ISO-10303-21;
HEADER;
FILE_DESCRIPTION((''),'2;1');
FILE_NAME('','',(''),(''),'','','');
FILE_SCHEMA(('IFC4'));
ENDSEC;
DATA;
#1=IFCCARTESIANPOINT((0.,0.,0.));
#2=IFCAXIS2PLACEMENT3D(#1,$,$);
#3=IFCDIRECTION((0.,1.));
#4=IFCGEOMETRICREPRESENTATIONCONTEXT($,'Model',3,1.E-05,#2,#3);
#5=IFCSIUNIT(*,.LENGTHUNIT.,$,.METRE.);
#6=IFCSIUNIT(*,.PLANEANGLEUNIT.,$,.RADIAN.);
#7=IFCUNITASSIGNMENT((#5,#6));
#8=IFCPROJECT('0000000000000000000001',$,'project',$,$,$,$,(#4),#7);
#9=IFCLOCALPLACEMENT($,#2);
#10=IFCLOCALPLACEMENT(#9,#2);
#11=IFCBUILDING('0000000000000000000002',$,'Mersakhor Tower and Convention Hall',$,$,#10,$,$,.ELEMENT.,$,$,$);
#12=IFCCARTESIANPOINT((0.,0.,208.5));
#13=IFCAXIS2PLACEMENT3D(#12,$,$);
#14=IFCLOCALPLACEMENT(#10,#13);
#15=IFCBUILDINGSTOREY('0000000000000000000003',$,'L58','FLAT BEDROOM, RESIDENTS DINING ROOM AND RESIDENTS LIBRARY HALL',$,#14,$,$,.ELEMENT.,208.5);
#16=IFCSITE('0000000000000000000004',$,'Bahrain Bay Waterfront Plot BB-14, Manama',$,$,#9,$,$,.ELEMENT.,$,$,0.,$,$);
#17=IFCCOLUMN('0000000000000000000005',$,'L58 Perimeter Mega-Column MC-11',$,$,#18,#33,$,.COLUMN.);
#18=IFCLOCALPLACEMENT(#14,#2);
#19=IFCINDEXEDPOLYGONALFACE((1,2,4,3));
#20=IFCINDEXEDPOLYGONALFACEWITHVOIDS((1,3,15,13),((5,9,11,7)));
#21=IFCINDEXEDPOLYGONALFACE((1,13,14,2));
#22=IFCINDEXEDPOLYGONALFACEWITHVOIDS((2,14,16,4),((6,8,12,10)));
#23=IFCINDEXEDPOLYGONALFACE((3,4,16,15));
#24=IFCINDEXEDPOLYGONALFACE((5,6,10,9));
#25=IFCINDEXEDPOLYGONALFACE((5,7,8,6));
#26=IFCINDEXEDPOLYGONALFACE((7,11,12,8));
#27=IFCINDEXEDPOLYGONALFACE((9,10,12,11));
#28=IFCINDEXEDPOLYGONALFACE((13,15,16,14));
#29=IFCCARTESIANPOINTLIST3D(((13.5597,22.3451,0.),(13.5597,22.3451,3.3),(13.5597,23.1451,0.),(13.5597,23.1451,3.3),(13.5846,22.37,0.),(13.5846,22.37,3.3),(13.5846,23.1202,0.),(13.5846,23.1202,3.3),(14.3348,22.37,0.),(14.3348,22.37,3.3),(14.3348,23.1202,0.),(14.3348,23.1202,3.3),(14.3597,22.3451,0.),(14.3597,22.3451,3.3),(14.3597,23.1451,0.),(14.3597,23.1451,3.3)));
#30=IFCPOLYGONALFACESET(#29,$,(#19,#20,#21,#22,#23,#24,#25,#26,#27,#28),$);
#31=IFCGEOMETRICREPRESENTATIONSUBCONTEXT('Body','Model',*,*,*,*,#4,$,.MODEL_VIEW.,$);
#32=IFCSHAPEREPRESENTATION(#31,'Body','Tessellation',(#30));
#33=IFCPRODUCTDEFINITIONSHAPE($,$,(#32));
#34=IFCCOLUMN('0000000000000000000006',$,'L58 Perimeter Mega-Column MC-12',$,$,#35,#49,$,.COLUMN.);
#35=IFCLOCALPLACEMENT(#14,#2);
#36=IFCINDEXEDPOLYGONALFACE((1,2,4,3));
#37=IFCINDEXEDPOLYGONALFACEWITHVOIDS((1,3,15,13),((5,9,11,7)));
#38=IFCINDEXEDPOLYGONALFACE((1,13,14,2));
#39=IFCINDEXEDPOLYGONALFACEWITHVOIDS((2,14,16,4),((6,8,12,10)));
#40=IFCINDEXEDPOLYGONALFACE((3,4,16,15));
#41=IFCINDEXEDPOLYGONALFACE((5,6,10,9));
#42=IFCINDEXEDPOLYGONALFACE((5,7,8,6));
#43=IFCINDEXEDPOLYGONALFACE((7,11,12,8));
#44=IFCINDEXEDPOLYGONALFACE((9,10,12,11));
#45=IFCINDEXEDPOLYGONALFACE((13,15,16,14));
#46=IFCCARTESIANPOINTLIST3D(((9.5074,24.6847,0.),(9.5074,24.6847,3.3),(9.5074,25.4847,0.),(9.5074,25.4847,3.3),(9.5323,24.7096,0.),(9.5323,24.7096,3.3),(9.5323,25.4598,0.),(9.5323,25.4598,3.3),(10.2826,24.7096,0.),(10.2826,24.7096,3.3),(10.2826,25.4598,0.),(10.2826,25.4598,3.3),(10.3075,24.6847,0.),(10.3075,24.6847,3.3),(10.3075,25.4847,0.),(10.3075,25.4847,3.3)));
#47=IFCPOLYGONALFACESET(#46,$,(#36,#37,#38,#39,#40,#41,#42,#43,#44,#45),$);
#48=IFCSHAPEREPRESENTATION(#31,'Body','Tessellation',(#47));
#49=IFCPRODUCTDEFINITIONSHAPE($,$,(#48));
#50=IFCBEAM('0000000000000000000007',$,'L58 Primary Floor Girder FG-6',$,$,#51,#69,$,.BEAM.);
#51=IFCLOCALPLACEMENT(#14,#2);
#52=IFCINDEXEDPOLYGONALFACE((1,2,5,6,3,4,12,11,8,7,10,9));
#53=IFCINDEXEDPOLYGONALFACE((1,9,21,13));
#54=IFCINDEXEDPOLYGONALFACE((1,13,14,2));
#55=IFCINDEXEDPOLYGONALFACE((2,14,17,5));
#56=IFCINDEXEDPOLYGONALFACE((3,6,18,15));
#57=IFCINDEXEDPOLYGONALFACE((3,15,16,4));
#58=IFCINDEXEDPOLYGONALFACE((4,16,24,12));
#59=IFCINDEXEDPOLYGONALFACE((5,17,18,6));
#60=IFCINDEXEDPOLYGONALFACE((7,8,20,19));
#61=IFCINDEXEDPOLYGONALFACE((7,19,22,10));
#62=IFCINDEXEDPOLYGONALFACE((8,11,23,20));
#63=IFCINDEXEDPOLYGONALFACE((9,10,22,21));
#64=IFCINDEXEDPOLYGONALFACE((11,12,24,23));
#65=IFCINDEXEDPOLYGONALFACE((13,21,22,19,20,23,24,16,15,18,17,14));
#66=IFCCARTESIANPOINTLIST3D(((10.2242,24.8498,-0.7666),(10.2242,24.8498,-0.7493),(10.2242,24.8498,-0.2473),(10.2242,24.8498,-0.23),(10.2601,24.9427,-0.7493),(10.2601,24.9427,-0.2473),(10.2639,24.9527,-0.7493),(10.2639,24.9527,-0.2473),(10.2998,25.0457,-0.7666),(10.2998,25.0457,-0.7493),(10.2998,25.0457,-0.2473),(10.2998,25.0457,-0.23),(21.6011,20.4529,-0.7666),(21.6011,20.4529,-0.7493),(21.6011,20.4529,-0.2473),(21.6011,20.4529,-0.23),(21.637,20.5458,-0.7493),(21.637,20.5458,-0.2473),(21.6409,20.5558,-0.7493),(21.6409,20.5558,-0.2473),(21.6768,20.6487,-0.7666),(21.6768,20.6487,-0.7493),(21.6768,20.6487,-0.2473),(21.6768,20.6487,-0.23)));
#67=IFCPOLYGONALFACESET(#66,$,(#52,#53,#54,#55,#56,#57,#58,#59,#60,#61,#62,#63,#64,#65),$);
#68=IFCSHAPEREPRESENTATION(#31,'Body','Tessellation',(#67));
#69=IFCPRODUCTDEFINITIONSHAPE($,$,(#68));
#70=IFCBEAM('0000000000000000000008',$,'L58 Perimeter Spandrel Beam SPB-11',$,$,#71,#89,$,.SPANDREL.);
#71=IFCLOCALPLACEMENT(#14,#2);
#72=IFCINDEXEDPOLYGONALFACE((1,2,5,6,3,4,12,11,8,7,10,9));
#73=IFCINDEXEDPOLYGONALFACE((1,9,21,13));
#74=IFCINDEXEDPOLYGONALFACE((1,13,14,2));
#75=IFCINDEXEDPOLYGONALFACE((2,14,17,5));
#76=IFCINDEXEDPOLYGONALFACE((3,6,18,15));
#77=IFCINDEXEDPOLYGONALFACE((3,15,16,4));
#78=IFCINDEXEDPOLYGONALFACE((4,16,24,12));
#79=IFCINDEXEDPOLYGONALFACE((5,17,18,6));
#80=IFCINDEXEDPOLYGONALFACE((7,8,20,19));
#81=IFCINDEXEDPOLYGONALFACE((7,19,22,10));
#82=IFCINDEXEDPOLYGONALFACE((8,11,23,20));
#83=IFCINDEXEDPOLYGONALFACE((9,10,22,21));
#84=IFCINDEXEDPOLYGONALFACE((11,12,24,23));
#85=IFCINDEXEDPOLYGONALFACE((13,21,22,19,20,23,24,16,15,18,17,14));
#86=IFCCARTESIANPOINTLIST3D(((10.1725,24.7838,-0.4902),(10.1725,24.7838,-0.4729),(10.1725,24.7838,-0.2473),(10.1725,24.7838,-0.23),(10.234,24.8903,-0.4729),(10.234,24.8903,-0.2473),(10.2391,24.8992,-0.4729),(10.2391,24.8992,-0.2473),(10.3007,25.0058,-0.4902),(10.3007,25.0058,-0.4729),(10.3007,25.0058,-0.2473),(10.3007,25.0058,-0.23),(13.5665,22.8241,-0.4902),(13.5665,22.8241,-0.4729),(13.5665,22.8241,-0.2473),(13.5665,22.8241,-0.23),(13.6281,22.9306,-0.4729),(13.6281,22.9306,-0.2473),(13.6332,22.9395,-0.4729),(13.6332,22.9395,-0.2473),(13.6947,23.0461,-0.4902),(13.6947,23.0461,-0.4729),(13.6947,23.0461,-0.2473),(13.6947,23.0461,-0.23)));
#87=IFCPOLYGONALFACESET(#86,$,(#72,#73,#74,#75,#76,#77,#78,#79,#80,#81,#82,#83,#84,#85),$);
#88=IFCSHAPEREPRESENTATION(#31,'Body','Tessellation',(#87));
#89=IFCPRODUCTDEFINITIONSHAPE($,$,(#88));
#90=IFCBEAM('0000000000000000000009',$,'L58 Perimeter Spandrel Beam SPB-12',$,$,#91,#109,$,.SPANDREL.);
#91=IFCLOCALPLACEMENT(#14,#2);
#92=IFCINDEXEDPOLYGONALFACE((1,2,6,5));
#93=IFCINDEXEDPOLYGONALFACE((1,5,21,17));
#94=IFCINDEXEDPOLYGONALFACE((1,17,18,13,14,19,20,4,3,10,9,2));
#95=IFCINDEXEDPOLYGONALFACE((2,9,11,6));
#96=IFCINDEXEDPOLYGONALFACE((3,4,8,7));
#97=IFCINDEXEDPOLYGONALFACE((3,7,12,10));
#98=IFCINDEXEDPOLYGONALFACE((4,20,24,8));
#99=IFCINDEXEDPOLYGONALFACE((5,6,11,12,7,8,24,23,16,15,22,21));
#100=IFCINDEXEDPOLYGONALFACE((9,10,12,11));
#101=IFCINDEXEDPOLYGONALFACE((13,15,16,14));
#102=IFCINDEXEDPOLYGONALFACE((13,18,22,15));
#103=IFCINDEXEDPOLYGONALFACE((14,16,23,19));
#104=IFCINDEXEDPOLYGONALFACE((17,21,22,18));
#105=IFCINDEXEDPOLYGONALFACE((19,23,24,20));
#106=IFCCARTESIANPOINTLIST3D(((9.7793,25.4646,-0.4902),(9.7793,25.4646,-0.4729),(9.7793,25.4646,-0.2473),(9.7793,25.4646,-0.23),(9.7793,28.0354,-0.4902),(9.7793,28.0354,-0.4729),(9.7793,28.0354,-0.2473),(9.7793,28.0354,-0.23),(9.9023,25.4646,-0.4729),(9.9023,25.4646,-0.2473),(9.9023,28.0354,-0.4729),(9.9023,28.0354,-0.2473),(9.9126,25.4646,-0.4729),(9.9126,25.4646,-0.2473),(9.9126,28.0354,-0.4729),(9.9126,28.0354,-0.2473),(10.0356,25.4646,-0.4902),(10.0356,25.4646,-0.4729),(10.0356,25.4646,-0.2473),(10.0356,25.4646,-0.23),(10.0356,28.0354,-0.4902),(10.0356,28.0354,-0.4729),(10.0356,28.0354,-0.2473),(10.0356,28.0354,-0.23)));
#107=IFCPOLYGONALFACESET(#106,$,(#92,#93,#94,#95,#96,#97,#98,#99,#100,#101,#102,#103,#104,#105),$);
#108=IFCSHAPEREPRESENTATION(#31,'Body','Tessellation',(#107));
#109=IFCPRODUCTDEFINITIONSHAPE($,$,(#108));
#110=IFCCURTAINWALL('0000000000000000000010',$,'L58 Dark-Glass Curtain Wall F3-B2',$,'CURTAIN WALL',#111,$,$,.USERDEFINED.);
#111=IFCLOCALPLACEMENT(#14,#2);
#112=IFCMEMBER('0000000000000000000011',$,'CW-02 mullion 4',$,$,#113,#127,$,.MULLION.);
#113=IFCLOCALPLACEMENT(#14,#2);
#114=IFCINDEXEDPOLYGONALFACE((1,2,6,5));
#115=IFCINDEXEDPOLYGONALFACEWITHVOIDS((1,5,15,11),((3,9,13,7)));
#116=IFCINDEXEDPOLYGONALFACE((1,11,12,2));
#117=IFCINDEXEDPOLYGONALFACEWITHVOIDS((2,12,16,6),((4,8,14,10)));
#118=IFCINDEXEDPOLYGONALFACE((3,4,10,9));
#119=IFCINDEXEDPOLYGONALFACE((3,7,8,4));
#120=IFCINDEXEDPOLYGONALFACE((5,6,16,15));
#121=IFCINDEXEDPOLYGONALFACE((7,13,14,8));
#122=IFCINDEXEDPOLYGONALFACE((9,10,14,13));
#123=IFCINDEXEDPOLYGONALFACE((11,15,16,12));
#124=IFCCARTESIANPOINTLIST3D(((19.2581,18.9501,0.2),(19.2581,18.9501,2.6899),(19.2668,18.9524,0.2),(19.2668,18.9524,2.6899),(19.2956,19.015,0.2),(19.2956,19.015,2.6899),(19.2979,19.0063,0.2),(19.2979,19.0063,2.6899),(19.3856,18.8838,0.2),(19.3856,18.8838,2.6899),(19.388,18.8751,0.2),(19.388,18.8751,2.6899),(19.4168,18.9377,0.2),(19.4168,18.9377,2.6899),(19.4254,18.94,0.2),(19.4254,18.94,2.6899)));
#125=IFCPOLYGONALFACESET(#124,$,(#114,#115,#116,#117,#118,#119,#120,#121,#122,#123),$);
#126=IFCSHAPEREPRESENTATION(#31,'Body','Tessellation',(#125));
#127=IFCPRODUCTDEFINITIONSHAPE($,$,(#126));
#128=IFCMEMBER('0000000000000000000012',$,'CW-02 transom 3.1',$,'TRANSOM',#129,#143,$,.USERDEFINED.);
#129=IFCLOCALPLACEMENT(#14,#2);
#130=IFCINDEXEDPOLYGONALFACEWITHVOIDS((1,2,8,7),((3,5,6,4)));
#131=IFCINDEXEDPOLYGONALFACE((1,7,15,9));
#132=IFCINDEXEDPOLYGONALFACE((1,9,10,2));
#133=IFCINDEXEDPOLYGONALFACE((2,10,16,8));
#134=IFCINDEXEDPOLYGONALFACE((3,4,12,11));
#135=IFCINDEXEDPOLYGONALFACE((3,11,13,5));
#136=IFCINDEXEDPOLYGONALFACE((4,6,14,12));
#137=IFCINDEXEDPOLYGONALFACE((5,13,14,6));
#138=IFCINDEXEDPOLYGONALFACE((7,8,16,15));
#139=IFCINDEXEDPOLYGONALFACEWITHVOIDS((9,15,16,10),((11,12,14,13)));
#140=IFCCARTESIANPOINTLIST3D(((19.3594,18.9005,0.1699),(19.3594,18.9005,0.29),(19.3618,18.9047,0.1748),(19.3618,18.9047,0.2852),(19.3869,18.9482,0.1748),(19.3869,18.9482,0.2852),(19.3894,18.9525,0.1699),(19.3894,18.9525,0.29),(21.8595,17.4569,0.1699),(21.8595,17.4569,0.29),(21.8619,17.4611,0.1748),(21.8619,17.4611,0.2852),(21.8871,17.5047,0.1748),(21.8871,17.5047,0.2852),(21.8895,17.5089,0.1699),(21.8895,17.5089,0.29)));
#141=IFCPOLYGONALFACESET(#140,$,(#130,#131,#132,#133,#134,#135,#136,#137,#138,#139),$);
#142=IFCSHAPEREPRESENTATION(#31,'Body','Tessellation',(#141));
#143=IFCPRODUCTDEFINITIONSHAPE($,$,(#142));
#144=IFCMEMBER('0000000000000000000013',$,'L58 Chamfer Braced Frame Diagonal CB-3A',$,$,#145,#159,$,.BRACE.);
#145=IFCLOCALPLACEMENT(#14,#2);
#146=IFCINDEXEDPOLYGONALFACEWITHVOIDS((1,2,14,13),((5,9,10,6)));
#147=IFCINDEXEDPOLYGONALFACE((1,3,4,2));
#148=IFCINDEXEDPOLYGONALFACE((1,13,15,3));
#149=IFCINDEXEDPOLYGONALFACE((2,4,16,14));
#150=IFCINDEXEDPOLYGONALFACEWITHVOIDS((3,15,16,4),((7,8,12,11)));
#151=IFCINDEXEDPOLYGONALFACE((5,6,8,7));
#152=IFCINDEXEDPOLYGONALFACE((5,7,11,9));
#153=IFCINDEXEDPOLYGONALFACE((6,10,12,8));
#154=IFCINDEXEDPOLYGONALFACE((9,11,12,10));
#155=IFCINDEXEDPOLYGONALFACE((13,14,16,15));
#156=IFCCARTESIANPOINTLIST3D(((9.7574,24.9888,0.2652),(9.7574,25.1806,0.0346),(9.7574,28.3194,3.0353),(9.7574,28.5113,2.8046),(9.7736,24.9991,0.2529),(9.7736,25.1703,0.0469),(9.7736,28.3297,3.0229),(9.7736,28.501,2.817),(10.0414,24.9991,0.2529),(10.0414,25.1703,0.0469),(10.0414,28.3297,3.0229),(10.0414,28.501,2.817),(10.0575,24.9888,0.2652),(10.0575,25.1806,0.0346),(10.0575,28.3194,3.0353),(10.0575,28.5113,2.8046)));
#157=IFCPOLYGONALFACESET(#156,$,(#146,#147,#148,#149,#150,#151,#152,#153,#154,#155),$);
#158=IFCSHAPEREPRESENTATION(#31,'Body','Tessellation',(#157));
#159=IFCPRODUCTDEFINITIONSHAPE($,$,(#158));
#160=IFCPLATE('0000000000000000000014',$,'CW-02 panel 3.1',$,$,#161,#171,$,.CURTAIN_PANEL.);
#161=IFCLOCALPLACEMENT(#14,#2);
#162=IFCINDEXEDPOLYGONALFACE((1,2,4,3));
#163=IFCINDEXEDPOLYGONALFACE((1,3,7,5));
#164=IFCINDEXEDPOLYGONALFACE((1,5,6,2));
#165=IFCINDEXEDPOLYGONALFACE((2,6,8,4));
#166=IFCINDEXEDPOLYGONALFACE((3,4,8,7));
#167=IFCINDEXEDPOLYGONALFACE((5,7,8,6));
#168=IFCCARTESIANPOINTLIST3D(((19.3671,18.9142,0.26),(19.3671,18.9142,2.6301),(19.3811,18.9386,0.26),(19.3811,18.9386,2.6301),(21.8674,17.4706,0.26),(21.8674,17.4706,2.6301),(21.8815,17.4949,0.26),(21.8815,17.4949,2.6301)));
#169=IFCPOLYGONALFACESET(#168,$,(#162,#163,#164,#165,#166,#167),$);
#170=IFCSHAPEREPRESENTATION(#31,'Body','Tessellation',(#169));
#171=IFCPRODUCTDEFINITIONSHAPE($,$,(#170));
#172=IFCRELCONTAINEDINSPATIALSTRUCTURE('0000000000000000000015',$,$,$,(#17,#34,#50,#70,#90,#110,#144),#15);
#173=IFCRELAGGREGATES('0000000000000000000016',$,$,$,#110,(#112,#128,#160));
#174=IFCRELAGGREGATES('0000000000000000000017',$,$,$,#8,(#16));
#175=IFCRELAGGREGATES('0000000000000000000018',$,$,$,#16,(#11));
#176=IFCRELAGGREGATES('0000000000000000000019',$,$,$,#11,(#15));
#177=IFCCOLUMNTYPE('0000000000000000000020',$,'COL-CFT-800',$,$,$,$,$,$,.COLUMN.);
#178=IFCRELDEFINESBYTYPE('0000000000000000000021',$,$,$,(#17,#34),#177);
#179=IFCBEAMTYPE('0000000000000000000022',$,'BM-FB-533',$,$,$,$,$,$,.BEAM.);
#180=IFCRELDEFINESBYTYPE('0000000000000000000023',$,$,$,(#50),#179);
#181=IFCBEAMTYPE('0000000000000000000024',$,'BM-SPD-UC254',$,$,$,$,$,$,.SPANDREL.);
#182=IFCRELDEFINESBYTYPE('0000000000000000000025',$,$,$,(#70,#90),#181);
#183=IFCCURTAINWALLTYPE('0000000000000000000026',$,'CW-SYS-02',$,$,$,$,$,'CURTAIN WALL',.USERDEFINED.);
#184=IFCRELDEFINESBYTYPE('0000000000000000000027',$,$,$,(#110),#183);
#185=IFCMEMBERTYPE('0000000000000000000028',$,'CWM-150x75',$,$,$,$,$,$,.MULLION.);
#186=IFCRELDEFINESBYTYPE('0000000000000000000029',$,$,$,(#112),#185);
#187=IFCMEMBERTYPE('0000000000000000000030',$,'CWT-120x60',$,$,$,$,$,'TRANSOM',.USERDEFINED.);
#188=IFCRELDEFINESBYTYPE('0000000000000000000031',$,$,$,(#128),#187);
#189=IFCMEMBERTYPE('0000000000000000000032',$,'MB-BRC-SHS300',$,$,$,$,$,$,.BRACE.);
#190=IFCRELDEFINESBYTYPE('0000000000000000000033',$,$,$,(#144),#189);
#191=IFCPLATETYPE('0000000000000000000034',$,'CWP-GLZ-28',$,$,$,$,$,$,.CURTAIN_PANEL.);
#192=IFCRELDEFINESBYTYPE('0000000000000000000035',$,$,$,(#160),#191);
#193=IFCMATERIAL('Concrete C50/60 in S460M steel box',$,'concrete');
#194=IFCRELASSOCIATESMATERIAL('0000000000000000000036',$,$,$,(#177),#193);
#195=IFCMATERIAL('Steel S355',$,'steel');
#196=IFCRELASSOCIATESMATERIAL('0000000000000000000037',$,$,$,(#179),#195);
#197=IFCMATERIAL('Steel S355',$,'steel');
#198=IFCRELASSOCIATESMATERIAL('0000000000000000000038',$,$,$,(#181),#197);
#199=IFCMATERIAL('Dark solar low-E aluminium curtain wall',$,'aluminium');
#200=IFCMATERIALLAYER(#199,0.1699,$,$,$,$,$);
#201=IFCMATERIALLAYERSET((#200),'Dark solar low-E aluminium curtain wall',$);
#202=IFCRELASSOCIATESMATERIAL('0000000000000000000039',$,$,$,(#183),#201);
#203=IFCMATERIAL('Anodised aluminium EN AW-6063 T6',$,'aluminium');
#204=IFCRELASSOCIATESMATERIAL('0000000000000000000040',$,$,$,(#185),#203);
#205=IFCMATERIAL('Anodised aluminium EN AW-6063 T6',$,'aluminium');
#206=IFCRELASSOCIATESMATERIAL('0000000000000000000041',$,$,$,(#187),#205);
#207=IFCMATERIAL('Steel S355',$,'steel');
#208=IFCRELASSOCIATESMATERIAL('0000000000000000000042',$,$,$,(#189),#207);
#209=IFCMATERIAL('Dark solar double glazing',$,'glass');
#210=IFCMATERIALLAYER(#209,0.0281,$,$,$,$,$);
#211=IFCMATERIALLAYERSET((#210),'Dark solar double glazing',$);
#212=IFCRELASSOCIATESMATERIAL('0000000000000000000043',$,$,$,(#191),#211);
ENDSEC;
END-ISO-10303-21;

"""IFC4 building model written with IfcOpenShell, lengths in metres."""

from ifc_helpers import new_model, si_unit, direction, frame, origin, origin_2d, place, context, subcontext, project, spatial, rectangle, hollow_rectangle, i_section, extrude, material, layer, layer_set, material_profile, profile_set, type_object, element, aggregate, save


model = new_model("IFC4")

# Units and contexts
model_context = context("Model", 3, precision=1e-05, world=origin(), true_north=direction((0.0, 1.0)))
body_context = subcontext(model_context, "Body", "Model", "MODEL_VIEW")
ifc_project = project(units=[si_unit("LENGTHUNIT", "METRE"), si_unit("PLANEANGLEUNIT", "RADIAN")], contexts=[model_context])

# Site, building, storey
site_placement = place(None, origin())
site = spatial("IfcSite", under=ifc_project, at=site_placement, Name="Bahrain Bay Waterfront Plot BB-14, Manama", CompositionType="ELEMENT", RefElevation=0.0)
building_placement = place(site_placement, origin())
building = spatial("IfcBuilding", under=site, at=building_placement, Name="Mersakhor Tower and Convention Hall", CompositionType="ELEMENT")
storey_placement = place(building_placement, frame((0.0, 0.0, 208.5)))
storey = spatial("IfcBuildingStorey", under=building, at=storey_placement, Name="L58", Description="FLAT BEDROOM, RESIDENTS DINING ROOM AND RESIDENTS LIBRARY HALL", CompositionType="ELEMENT", Elevation=208.5)

# Columns
ifc_material_1 = material(Name="Concrete C50/60 in S460M steel box", Category="concrete")
ifc_material_profile_1 = material_profile(ifc_material_1, hollow_rectangle(XDim=0.8, YDim=0.8, WallThickness=0.0249, at=origin_2d()), Name="SHS 800x800x25")
ifc_profile_set_1 = profile_set([ifc_material_profile_1], Name="Concrete C50/60 in S460M steel box")
column_type = type_object("IfcColumnType", Name="COL-CFT-800", PredefinedType="COLUMN", material=ifc_profile_set_1)
for number, where, z_axis, x_axis, name in (
    (1, (13.9597, 22.7451, 0.0), (0.0, 0.0, 1.0), (1.0, 0.0, 0.0), "L58 Perimeter Mega-Column MC-11"),
    (2, (9.9075, 25.0847, 0.0), (0.0, 0.0, 1.0), (1.0, 0.0, 0.0), "L58 Perimeter Mega-Column MC-12"),
):
    element("IfcColumn", number, at=place(storey_placement, frame(where, z_axis=z_axis, x_axis=x_axis)), inside=storey, type_object=column_type, Name=name, PredefinedType="COLUMN", context=body_context, shape_type="SweptSolid", body=[
        extrude(hollow_rectangle(XDim=0.8, YDim=0.8, WallThickness=0.0249, at=origin_2d()), origin(), (0.0, 0.0, 1.0), 3.3),
    ])

# Beams
ifc_material_2 = material(Name="Steel S355", Category="steel")
ifc_material_profile_2 = material_profile(ifc_material_2, i_section(OverallWidth=0.21, OverallDepth=0.5366, WebThickness=0.0107, FlangeThickness=0.0173, at=origin_2d()), Name="UB 533x210x101")
ifc_profile_set_2 = profile_set([ifc_material_profile_2], Name="Steel S355")
beam_type_1 = type_object("IfcBeamType", Name="BM-FB-533", PredefinedType="BEAM", material=ifc_profile_set_2)
beam_1_placement = place(storey_placement, frame((21.6389, 20.5508, -0.4983), z_axis=(-0.932761, 0.360494, 0.0), x_axis=(-0.360494, -0.932761, 0.0)))
element("IfcBeam", 3, at=beam_1_placement, inside=storey, type_object=beam_type_1, Name="L58 Primary Floor Girder FG-6", PredefinedType="BEAM", context=body_context, shape_type="SweptSolid", body=[
    extrude(i_section(OverallWidth=0.21, OverallDepth=0.5366, WebThickness=0.0107, FlangeThickness=0.0173, at=origin_2d()), origin(), (0.0, 0.0, 1.0), 12.197),
])
ifc_material_3 = material(Name="Steel S355", Category="steel")
ifc_material_profile_3 = material_profile(ifc_material_3, i_section(OverallWidth=0.2563, OverallDepth=0.2603, WebThickness=0.0103, FlangeThickness=0.0173, at=origin_2d()), Name="UC 254x254x89")
ifc_profile_set_3 = profile_set([ifc_material_profile_3], Name="Steel S355")
beam_type_2 = type_object("IfcBeamType", Name="BM-SPD-UC254", PredefinedType="SPANDREL", material=ifc_profile_set_3)
beam_2_placement = place(storey_placement, frame((13.6306, 22.9351, -0.3601), z_axis=(-0.866007, 0.500032, 0.0), x_axis=(-0.500032, -0.866007, 0.0)))
element("IfcBeam", 4, at=beam_2_placement, inside=storey, type_object=beam_type_2, Name="L58 Perimeter Spandrel Beam SPB-11", PredefinedType="SPANDREL", context=body_context, shape_type="SweptSolid", body=[
    extrude(i_section(OverallWidth=0.2563, OverallDepth=0.2603, WebThickness=0.0103, FlangeThickness=0.0173, at=origin_2d()), origin(), (0.0, 0.0, 1.0), 3.9192),
])
beam_3_placement = place(storey_placement, frame((9.9075, 25.4646, -0.3601), z_axis=(0.0, 1.0, 0.0), x_axis=(-1.0, 0.0, 0.0)))
element("IfcBeam", 5, at=beam_3_placement, inside=storey, type_object=beam_type_2, Name="L58 Perimeter Spandrel Beam SPB-12", PredefinedType="SPANDREL", context=body_context, shape_type="SweptSolid", body=[
    extrude(i_section(OverallWidth=0.2563, OverallDepth=0.2603, WebThickness=0.0103, FlangeThickness=0.0173, at=origin_2d()), origin(), (0.0, 0.0, 1.0), 2.5708),
])

# Curtain wall, members
ifc_material_4 = material(Name="Dark solar low-E aluminium curtain wall", Category="aluminium")
ifc_layer_1 = layer(ifc_material_4, 0.1699)
ifc_layer_set_1 = layer_set([ifc_layer_1], Name="Dark solar low-E aluminium curtain wall")
curtain_wall_type = type_object("IfcCurtainWallType", Name="CW-SYS-02", ElementType="CURTAIN WALL", PredefinedType="USERDEFINED", material=ifc_layer_set_1)
curtain_wall_placement = place(storey_placement, origin())
curtain_wall = element("IfcCurtainWall", 6, at=curtain_wall_placement, inside=storey, type_object=curtain_wall_type, Name="L58 Dark-Glass Curtain Wall F3-B2", ObjectType="CURTAIN WALL", PredefinedType="USERDEFINED")
ifc_material_5 = material(Name="Anodised aluminium EN AW-6063 T6", Category="aluminium")
ifc_material_profile_4 = material_profile(ifc_material_5, hollow_rectangle(XDim=0.075, YDim=0.1499, WallThickness=0.0063, at=origin_2d()), Name="RHS 150x75x6.3")
ifc_profile_set_4 = profile_set([ifc_material_profile_4], Name="Anodised aluminium EN AW-6063 T6")
member_type_1 = type_object("IfcMemberType", Name="CWM-150x75", PredefinedType="MULLION", material=ifc_profile_set_4)
member_1_placement = place(storey_placement, frame((19.3418, 18.9451, 0.2), z_axis=(0.0, 0.0, 1.0), x_axis=(-0.500008, -0.866021, 0.0)))
member_1 = element("IfcMember", 7, at=member_1_placement, type_object=member_type_1, Name="CW-02 mullion 4", PredefinedType="MULLION", context=body_context, shape_type="SweptSolid", body=[
    extrude(hollow_rectangle(XDim=0.075, YDim=0.1499, WallThickness=0.0063, at=origin_2d()), origin(), (0.0, 0.0, 1.0), 2.49),
])
ifc_material_6 = material(Name="Anodised aluminium EN AW-6063 T6", Category="aluminium")
ifc_material_profile_5 = material_profile(ifc_material_6, hollow_rectangle(XDim=0.0601, YDim=0.1201, WallThickness=0.0049, at=origin_2d()), Name="RHS 120x60x5")
ifc_profile_set_5 = profile_set([ifc_material_profile_5], Name="Anodised aluminium EN AW-6063 T6")
member_type_2 = type_object("IfcMemberType", Name="CWT-120x60", ElementType="TRANSOM", PredefinedType="USERDEFINED", material=ifc_profile_set_5)
member_2_placement = place(storey_placement, frame((21.8745, 17.4829, 0.23), z_axis=(-0.866012, 0.500023, 0.0), x_axis=(-0.500023, -0.866012, 0.0)))
member_2 = element("IfcMember", 8, at=member_2_placement, type_object=member_type_2, Name="CW-02 transom 3.1", ObjectType="TRANSOM", PredefinedType="USERDEFINED", context=body_context, shape_type="SweptSolid", body=[
    extrude(hollow_rectangle(XDim=0.0601, YDim=0.1201, WallThickness=0.0049, at=origin_2d()), origin(), (0.0, 0.0, 1.0), 2.887),
])

# Member
ifc_material_7 = material(Name="Steel S355", Category="steel")
ifc_material_profile_6 = material_profile(ifc_material_7, hollow_rectangle(XDim=0.3, YDim=0.3, WallThickness=0.0161, at=origin_2d()), Name="SHS 300x300x16")
ifc_profile_set_6 = profile_set([ifc_material_profile_6], Name="Steel S355")
member_type_3 = type_object("IfcMemberType", Name="MB-BRC-SHS300", PredefinedType="BRACE", material=ifc_profile_set_6)
member_3_placement = place(storey_placement, frame((9.9075, 25.0847, 0.1499), z_axis=(0.0, 0.76884, 0.639441), x_axis=(-1.0, 0.0, 0.0)))
element("IfcMember", 9, at=member_3_placement, inside=storey, type_object=member_type_3, Name="L58 Chamfer Braced Frame Diagonal CB-3A", PredefinedType="BRACE", context=body_context, shape_type="SweptSolid", body=[
    extrude(hollow_rectangle(XDim=0.3, YDim=0.3, WallThickness=0.0161, at=origin_2d()), origin(), (0.0, 0.0, 1.0), 4.332),
])

# Plate
ifc_material_8 = material(Name="Dark solar double glazing", Category="glass")
ifc_layer_2 = layer(ifc_material_8, 0.0281)
ifc_layer_set_2 = layer_set([ifc_layer_2], Name="Dark solar double glazing")
plate_type_1 = type_object("IfcPlateType", Name="CWP-GLZ-28", PredefinedType="CURTAIN_PANEL", material=ifc_layer_set_2)
plate_1_placement = place(storey_placement, frame((20.6243, 18.2046, 0.26), z_axis=(0.0, 0.0, 1.0), x_axis=(-0.866021, 0.500008, 0.0)))
plate_1 = element("IfcPlate", 10, at=plate_1_placement, type_object=plate_type_1, Name="CW-02 panel 3.1", PredefinedType="CURTAIN_PANEL", context=body_context, shape_type="SweptSolid", body=[
    extrude(rectangle(XDim=2.8872, YDim=0.0281, at=origin_2d()), origin(), (0.0, 0.0, 1.0), 2.3701),
])
aggregate(curtain_wall, [member_1, member_2, plate_1])

save(model, "model.ifc")
